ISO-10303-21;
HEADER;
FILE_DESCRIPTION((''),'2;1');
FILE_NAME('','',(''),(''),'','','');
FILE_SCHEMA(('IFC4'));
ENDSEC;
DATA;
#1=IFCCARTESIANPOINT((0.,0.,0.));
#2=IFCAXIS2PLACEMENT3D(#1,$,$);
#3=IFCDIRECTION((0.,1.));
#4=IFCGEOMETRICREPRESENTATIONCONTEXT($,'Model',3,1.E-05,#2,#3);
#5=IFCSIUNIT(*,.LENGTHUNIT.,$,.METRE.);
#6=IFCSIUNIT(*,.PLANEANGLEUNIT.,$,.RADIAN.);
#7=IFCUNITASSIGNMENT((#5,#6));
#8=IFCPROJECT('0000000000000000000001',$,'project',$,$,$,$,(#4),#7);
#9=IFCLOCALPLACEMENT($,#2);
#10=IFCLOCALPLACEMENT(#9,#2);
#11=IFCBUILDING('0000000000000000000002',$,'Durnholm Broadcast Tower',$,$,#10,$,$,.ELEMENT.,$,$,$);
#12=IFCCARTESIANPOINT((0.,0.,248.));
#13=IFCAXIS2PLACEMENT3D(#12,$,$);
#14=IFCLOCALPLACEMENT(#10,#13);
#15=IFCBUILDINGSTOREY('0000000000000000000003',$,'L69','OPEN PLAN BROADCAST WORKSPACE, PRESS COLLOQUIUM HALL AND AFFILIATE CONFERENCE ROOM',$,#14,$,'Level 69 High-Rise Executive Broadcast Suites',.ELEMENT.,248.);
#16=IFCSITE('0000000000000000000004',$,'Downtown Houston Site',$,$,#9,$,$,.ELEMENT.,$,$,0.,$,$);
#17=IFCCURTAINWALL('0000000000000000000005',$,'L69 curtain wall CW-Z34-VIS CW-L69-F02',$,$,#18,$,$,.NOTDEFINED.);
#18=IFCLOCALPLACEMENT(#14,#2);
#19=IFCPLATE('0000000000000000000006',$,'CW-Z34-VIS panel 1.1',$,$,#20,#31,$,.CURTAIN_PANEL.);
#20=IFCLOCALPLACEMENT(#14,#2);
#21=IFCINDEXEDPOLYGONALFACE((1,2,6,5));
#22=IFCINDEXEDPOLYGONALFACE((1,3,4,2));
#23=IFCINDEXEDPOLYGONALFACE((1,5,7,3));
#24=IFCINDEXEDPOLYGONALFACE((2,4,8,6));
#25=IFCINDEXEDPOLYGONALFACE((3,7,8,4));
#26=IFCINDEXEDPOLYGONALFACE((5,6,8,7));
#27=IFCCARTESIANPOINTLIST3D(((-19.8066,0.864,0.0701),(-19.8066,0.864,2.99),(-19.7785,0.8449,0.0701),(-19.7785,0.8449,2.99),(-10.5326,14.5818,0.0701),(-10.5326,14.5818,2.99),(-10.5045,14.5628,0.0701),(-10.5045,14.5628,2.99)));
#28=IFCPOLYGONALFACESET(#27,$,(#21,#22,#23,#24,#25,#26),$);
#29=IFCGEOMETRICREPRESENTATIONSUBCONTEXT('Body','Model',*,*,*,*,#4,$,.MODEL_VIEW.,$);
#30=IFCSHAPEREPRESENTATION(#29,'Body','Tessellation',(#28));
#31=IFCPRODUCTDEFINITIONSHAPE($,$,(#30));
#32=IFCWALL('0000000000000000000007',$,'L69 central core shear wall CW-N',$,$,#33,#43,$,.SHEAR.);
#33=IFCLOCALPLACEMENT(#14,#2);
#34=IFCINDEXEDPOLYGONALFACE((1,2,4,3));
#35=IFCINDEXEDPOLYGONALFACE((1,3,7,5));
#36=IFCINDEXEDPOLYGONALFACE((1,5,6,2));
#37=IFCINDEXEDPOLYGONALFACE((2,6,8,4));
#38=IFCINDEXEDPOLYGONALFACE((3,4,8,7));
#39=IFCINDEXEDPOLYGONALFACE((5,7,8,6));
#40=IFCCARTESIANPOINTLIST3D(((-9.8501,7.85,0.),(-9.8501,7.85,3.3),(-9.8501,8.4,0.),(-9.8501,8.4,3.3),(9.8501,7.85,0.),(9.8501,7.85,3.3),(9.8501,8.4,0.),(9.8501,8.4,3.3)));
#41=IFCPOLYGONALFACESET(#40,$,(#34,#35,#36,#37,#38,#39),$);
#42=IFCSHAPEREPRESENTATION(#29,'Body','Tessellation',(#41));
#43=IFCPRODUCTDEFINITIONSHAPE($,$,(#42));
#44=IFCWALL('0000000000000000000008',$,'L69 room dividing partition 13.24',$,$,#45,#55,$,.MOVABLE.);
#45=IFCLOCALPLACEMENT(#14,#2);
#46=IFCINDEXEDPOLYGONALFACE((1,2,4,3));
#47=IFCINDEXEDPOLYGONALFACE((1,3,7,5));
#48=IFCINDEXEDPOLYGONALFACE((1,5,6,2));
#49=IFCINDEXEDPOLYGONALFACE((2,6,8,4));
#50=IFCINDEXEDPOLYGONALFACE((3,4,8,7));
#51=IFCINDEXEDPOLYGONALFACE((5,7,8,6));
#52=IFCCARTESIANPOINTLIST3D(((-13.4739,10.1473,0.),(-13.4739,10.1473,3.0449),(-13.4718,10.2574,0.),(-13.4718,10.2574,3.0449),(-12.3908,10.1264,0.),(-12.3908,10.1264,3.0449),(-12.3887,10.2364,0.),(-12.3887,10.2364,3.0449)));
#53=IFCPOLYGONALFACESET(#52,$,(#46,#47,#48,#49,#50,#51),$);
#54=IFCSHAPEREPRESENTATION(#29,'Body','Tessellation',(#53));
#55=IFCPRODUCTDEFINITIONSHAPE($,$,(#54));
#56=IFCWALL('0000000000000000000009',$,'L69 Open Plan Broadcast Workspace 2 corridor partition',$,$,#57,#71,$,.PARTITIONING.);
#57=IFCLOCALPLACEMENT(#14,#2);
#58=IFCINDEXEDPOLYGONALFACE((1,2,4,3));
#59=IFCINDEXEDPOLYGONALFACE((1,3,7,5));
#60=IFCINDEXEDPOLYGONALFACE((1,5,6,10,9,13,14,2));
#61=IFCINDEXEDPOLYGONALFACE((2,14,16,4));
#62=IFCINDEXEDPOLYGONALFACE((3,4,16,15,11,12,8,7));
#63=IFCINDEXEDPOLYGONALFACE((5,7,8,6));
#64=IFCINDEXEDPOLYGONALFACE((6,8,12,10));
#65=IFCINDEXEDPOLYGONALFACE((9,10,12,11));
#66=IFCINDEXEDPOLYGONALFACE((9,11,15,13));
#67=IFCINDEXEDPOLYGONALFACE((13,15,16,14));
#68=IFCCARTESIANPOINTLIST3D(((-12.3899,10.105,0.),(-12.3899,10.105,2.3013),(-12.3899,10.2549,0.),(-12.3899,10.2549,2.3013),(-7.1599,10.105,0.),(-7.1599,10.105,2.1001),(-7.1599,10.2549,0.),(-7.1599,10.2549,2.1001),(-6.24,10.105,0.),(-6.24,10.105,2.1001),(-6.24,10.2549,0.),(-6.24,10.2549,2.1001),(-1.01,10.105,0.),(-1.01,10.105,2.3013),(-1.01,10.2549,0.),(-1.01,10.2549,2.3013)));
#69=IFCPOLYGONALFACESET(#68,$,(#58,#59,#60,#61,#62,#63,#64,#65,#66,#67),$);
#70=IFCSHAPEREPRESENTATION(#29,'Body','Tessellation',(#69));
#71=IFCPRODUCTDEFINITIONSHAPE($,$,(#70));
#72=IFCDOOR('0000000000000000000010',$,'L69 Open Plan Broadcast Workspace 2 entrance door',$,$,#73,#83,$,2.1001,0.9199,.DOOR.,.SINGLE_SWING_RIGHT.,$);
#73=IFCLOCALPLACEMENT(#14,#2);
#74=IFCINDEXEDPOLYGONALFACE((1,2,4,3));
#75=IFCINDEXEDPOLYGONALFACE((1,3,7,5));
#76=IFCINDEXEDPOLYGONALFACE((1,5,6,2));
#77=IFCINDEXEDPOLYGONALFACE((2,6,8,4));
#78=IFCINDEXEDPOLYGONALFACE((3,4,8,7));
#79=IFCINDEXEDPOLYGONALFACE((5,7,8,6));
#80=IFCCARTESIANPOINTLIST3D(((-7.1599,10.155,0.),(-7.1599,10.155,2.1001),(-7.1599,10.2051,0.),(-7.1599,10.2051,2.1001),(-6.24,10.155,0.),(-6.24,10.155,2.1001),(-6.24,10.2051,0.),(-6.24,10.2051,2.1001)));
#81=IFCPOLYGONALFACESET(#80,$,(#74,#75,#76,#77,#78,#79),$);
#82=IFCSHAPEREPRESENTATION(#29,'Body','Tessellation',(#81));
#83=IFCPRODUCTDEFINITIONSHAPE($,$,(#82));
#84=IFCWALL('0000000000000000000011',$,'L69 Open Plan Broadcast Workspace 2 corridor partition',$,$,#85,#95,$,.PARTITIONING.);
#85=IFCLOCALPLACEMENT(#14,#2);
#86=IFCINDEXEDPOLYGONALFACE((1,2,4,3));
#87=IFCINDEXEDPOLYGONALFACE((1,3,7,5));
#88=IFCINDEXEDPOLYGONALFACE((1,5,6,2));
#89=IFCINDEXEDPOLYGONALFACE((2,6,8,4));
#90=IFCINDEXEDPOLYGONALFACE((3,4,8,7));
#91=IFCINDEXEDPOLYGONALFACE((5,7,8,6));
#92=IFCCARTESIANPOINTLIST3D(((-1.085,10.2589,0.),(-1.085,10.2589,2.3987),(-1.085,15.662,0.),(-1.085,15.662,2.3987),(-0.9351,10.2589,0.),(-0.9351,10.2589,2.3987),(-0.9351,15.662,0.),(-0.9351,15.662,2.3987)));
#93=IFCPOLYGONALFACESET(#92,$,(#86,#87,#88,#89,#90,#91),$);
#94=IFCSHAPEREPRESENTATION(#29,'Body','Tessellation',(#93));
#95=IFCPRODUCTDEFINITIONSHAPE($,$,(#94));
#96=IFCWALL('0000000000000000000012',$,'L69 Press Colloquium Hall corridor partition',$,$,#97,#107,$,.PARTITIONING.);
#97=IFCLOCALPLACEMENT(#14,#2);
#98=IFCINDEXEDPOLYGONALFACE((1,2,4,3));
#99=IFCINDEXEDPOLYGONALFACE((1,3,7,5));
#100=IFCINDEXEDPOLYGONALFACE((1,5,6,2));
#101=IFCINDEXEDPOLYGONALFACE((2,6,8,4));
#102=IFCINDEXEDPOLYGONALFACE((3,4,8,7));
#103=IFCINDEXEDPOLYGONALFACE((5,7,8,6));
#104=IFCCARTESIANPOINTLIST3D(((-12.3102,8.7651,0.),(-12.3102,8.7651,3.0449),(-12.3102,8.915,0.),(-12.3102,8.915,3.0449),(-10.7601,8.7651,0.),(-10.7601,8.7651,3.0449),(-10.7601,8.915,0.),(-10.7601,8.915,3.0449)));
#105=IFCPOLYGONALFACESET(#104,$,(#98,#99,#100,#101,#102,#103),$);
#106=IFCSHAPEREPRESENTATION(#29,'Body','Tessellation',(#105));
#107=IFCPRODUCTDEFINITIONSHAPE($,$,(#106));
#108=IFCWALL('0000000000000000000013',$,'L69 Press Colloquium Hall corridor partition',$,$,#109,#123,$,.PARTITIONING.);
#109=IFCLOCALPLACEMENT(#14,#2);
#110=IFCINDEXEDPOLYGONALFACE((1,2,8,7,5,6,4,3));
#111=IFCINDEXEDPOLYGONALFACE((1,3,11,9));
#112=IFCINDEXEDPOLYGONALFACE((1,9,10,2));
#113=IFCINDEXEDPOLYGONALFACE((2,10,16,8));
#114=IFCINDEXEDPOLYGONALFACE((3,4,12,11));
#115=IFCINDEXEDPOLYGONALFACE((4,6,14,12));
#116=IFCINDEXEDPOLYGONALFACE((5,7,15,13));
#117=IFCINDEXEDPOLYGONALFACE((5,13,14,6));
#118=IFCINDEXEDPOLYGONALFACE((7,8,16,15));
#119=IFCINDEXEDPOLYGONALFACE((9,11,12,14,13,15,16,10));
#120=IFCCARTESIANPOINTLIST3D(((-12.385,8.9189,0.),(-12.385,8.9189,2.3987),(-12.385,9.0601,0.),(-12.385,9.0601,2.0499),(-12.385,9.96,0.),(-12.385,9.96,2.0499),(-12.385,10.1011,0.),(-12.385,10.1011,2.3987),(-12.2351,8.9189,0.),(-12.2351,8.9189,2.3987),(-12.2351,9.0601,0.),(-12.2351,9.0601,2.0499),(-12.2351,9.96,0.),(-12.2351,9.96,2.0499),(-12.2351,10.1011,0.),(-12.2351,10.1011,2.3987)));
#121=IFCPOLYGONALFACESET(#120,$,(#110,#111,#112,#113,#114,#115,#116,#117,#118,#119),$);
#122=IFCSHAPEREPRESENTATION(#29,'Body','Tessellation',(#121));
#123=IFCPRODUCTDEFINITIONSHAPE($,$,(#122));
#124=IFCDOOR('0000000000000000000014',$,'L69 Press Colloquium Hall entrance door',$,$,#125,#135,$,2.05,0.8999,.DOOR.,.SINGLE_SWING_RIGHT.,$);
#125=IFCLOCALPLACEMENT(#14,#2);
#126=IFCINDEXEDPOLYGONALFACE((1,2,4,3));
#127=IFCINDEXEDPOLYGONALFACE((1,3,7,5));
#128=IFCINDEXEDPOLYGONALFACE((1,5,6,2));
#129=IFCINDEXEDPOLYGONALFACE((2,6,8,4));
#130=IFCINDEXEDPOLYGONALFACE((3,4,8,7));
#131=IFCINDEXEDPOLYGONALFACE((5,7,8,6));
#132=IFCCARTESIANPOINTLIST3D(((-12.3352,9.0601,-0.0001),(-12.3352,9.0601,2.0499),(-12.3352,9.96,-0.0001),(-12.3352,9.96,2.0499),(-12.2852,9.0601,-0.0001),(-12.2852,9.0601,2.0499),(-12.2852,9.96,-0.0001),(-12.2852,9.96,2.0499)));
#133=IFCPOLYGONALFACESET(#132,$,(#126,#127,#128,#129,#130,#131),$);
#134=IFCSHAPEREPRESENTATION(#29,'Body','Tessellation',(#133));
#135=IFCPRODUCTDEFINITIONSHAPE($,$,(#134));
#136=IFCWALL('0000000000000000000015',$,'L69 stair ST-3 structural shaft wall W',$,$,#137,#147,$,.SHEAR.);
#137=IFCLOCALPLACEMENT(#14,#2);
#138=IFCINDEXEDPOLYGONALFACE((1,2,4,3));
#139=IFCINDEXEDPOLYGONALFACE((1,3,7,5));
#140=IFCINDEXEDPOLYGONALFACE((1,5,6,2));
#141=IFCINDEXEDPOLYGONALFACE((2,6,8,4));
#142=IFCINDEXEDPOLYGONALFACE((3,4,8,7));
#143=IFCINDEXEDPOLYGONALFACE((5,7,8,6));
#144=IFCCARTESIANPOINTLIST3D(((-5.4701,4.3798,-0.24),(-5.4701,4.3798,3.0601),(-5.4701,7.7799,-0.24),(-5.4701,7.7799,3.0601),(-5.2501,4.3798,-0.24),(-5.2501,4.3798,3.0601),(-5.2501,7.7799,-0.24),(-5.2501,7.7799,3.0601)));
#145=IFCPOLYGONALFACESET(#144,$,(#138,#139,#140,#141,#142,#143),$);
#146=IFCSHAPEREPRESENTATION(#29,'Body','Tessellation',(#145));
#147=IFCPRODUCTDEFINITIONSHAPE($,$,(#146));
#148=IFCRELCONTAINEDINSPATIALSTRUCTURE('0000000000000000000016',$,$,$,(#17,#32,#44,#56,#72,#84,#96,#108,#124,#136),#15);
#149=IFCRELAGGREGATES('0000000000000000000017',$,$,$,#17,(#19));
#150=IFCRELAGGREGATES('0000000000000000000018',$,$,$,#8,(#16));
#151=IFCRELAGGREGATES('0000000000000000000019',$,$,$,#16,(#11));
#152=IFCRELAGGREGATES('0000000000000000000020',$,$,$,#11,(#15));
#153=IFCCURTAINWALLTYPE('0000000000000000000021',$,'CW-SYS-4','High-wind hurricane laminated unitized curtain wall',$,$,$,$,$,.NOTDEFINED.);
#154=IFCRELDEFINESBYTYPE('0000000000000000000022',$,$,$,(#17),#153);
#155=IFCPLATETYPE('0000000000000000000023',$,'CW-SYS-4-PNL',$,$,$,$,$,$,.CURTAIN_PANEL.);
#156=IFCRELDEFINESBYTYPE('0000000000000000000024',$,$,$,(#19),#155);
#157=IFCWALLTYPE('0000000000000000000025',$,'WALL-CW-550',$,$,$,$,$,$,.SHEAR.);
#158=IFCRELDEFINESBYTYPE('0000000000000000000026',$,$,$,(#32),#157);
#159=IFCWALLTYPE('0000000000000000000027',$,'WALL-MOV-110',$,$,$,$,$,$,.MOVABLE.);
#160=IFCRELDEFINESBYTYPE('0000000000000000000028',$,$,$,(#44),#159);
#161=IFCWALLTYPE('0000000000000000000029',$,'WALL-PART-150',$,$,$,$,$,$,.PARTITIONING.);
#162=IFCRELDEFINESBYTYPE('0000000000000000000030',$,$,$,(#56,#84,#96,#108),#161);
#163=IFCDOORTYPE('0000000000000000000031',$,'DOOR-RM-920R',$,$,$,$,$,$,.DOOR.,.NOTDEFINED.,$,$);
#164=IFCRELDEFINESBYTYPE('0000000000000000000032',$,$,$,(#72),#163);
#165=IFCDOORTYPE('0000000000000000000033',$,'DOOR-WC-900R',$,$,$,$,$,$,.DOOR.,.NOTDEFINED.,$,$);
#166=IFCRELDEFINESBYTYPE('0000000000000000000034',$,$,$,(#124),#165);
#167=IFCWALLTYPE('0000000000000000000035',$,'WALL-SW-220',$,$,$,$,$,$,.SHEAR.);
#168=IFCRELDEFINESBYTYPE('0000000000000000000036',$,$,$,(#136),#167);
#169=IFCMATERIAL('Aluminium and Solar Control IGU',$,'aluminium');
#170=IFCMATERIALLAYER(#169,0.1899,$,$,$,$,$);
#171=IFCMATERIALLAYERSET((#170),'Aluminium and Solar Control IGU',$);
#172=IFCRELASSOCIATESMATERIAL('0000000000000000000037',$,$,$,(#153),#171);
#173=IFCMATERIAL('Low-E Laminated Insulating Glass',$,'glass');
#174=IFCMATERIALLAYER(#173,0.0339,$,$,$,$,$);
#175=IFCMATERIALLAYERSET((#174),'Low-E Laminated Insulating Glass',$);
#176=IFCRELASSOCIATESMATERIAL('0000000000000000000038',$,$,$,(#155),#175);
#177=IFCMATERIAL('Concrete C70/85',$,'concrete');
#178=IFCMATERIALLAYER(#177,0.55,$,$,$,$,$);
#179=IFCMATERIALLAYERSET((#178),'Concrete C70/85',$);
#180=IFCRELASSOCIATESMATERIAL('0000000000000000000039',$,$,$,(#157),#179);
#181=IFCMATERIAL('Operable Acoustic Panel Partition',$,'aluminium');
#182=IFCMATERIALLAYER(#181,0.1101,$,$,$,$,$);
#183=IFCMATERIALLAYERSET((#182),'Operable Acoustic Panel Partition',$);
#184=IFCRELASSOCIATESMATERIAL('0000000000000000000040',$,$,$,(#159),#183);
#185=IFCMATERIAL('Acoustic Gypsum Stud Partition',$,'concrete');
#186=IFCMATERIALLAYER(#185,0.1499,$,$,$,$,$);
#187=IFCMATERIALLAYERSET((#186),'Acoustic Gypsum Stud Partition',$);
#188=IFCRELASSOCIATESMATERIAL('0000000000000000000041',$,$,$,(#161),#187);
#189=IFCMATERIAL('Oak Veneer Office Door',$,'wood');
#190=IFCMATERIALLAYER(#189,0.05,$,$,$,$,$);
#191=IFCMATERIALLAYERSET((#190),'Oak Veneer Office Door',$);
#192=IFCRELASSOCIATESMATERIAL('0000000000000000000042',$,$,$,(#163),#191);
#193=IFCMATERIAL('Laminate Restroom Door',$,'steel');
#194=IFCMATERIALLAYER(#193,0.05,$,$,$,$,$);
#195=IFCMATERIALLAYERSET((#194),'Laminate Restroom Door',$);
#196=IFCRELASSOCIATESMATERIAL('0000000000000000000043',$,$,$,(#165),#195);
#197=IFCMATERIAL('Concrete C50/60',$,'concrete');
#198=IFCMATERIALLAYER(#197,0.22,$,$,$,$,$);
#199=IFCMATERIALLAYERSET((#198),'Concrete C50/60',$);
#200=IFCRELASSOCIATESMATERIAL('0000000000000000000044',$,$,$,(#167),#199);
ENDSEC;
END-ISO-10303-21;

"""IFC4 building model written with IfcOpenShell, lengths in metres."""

from ifc_helpers import new_model, si_unit, direction, frame, frame_2d, origin, origin_2d, place, context, subcontext, project, spatial, rectangle, extrude, source, transform, mapped, material, layer, layer_set, type_object, type_shapes, element, fill, aggregate, save


model = new_model("IFC4")

# Units and contexts
model_context = context("Model", 3, precision=1e-05, world=origin(), true_north=direction((0.0, 1.0)))
body_context = subcontext(model_context, "Body", "Model", "MODEL_VIEW")
ifc_project = project(units=[si_unit("LENGTHUNIT", "METRE"), si_unit("PLANEANGLEUNIT", "RADIAN")], contexts=[model_context])

# Site, building, storey
site_placement = place(None, origin())
site = spatial("IfcSite", under=ifc_project, at=site_placement, Name="Downtown Houston Site", CompositionType="ELEMENT", RefElevation=0.0)
building_placement = place(site_placement, origin())
building = spatial("IfcBuilding", under=site, at=building_placement, Name="Durnholm Broadcast Tower", CompositionType="ELEMENT")
storey_placement = place(building_placement, frame((0.0, 0.0, 248.0)))
storey = spatial("IfcBuildingStorey", under=building, at=storey_placement, Name="L69", Description="OPEN PLAN BROADCAST WORKSPACE, PRESS COLLOQUIUM HALL AND AFFILIATE CONFERENCE ROOM", LongName="Level 69 High-Rise Executive Broadcast Suites", CompositionType="ELEMENT", Elevation=248.0)

# Shared definitions
ifc_material_1 = material(Name="Concrete C70/85", Category="concrete")

# Shared definitions
ifc_material_2 = material(Name="Aluminium and Solar Control IGU", Category="aluminium")

# Curtain wall
ifc_layer_1 = layer(ifc_material_2, 0.1899)
ifc_layer_set_1 = layer_set([ifc_layer_1], Name="Aluminium and Solar Control IGU")
curtain_wall_type_1 = type_object("IfcCurtainWallType", Name="CW-SYS-4", Description="High-wind hurricane laminated unitized curtain wall", PredefinedType="NOTDEFINED", material=ifc_layer_set_1)
curtain_wall_1_placement = place(storey_placement, origin())
curtain_wall_1 = element("IfcCurtainWall", 1, at=curtain_wall_1_placement, inside=storey, type_object=curtain_wall_type_1, Name="L69 curtain wall CW-Z34-VIS CW-L69-F02", PredefinedType="NOTDEFINED")

# Plate
ifc_material_3 = material(Name="Low-E Laminated Insulating Glass", Category="glass")
ifc_layer_2 = layer(ifc_material_3, 0.0339)
ifc_layer_set_2 = layer_set([ifc_layer_2], Name="Low-E Laminated Insulating Glass")
plate_type_1 = type_object("IfcPlateType", Name="CW-SYS-4-PNL", PredefinedType="CURTAIN_PANEL", material=ifc_layer_set_2)
shared_shape_1 = source(origin(), body_context, "Body", "SweptSolid", [
    extrude(rectangle(XDim=16.5586, YDim=0.0339, at=origin_2d()), origin(), (0.0, 0.0, 1.0), 2.9199),
])
type_shapes(plate_type_1, [shared_shape_1])
plate_1_placement = place(storey_placement, frame((-15.1555, 7.7134, 0.0701), z_axis=(0.0, 0.0, 1.0), x_axis=(0.560073, 0.828443, 0.0)))
plate_1 = element("IfcPlate", 2, at=plate_1_placement, type_object=plate_type_1, Name="CW-Z34-VIS panel 1.1", PredefinedType="CURTAIN_PANEL", context=body_context, shape_type="MappedRepresentation", body=[
    mapped(shared_shape_1, transform((0.0, 0.0, 0.0), x_axis=(1.0, 0.0, 0.0), y_axis=(0.0, 1.0, 0.0), z_axis=(0.0, 0.0, 1.0), scale=1.0)),
])
aggregate(curtain_wall_1, [plate_1])

# Walls
ifc_layer_3 = layer(ifc_material_1, 0.55)
ifc_layer_set_3 = layer_set([ifc_layer_3], Name="Concrete C70/85")
wall_type_1 = type_object("IfcWallType", Name="WALL-CW-550", PredefinedType="SHEAR", material=ifc_layer_set_3)
wall_1_placement = place(storey_placement, frame((-9.8501, 8.125, 0.0), z_axis=(0.0, 0.0, 1.0), x_axis=(1.0, 0.0, 0.0)))
element("IfcWall", 3, at=wall_1_placement, inside=storey, type_object=wall_type_1, Name="L69 central core shear wall CW-N", PredefinedType="SHEAR", context=body_context, shape_type="SweptSolid", body=[
    extrude(rectangle(XDim=19.7002, YDim=0.55, at=frame_2d((9.8501, 0.0))), origin(), (0.0, 0.0, 1.0), 3.3),
])
ifc_material_4 = material(Name="Operable Acoustic Panel Partition", Category="aluminium")
ifc_layer_4 = layer(ifc_material_4, 0.1101)
ifc_layer_set_4 = layer_set([ifc_layer_4], Name="Operable Acoustic Panel Partition")
wall_type_2 = type_object("IfcWallType", Name="WALL-MOV-110", PredefinedType="MOVABLE", material=ifc_layer_set_4)
wall_2_placement = place(storey_placement, frame((-12.3899, 10.1814, 0.0), z_axis=(0.0, 0.0, 1.0), x_axis=(-0.999812, 0.019383, 0.0)))
element("IfcWall", 4, at=wall_2_placement, inside=storey, type_object=wall_type_2, Name="L69 room dividing partition 13.24", PredefinedType="MOVABLE", context=body_context, shape_type="SweptSolid", body=[
    extrude(rectangle(XDim=1.0833, YDim=0.1101, at=frame_2d((0.5415, 0.0))), origin(), (0.0, 0.0, 1.0), 3.0449),
])

# Wall, opening, door
ifc_material_5 = material(Name="Acoustic Gypsum Stud Partition", Category="concrete")
ifc_layer_5 = layer(ifc_material_5, 0.1499)
ifc_layer_set_5 = layer_set([ifc_layer_5], Name="Acoustic Gypsum Stud Partition")
wall_type_3 = type_object("IfcWallType", Name="WALL-PART-150", PredefinedType="PARTITIONING", material=ifc_layer_set_5)
wall_3_placement = place(storey_placement, frame((-1.01, 10.1799, 0.0), z_axis=(0.0, 0.0, 1.0), x_axis=(-1.0, 0.0, 0.0)))
wall_3 = element("IfcWall", 5, at=wall_3_placement, inside=storey, type_object=wall_type_3, Name="L69 Open Plan Broadcast Workspace 2 corridor partition", PredefinedType="PARTITIONING", context=body_context, shape_type="SweptSolid", body=[
    extrude(rectangle(XDim=11.3799, YDim=0.1499, at=frame_2d((5.6899, 0.0))), origin(), (0.0, 0.0, 1.0), 2.3013),
])
opening_1_placement = place(wall_3_placement, frame((5.23, 0.0, 0.0)))
opening_1 = element("IfcOpeningElement", 6, at=opening_1_placement, cuts=wall_3, PredefinedType="OPENING", context=body_context, shape_type="SweptSolid", body=[
    extrude(rectangle(XDim=0.9199, YDim=2.1001, at=frame_2d((0.46, 1.05))), frame((0.0, 0.085, 0.0), z_axis=(0.0, -1.0, 0.0), x_axis=(1.0, 0.0, 0.0)), (0.0, 0.0, 1.0), 0.1699),
])
ifc_material_6 = material(Name="Oak Veneer Office Door", Category="wood")
ifc_layer_6 = layer(ifc_material_6, 0.05)
ifc_layer_set_6 = layer_set([ifc_layer_6], Name="Oak Veneer Office Door")
door_type_1 = type_object("IfcDoorType", Name="DOOR-RM-920R", OperationType="NOTDEFINED", PredefinedType="DOOR", material=ifc_layer_set_6)
shared_shape_2 = source(origin(), body_context, "Body", "SweptSolid", [
    extrude(rectangle(XDim=0.9199, YDim=2.1001, at=frame_2d((0.46, 1.05))), frame((0.0, 0.0249, 0.0), z_axis=(0.0, -1.0, 0.0), x_axis=(1.0, 0.0, 0.0)), (0.0, 0.0, 1.0), 0.05),
])
type_shapes(door_type_1, [shared_shape_2])
door_1_placement = place(opening_1_placement, origin())
door_1 = element("IfcDoor", 7, at=door_1_placement, inside=storey, type_object=door_type_1, Name="L69 Open Plan Broadcast Workspace 2 entrance door", OperationType="SINGLE_SWING_RIGHT", OverallHeight=2.1001, OverallWidth=0.9199, PredefinedType="DOOR", context=body_context, shape_type="MappedRepresentation", body=[
    mapped(shared_shape_2, transform((0.0, 0.0, 0.0), x_axis=(1.0, 0.0, 0.0), y_axis=(0.0, 1.0, 0.0), z_axis=(0.0, 0.0, 1.0), scale=1.0)),
])
fill(opening_1, door_1)

# Walls
wall_4_placement = place(storey_placement, frame((-1.01, 15.6621, 0.0), z_axis=(0.0, 0.0, 1.0), x_axis=(0.0, -1.0, 0.0)))
element("IfcWall", 8, at=wall_4_placement, inside=storey, type_object=wall_type_3, Name="L69 Open Plan Broadcast Workspace 2 corridor partition", PredefinedType="PARTITIONING", context=body_context, shape_type="SweptSolid", body=[
    extrude(rectangle(XDim=5.4031, YDim=0.1499, at=frame_2d((2.7017, 0.0))), origin(), (0.0, 0.0, 1.0), 2.3987),
])
wall_5_placement = place(storey_placement, frame((-12.3101, 8.8401, 0.0), z_axis=(0.0, 0.0, 1.0), x_axis=(1.0, 0.0, 0.0)))
element("IfcWall", 9, at=wall_5_placement, inside=storey, type_object=wall_type_3, Name="L69 Press Colloquium Hall corridor partition", PredefinedType="PARTITIONING", context=body_context, shape_type="SweptSolid", body=[
    extrude(rectangle(XDim=1.55, YDim=0.1499, at=frame_2d((0.7749, 0.0))), origin(), (0.0, 0.0, 1.0), 3.0449),
])

# Wall, opening, door
wall_6_placement = place(storey_placement, frame((-12.3101, 10.1011, 0.0), z_axis=(0.0, 0.0, 1.0), x_axis=(0.0, -1.0, 0.0)))
wall_6 = element("IfcWall", 10, at=wall_6_placement, inside=storey, type_object=wall_type_3, Name="L69 Press Colloquium Hall corridor partition", PredefinedType="PARTITIONING", context=body_context, shape_type="SweptSolid", body=[
    extrude(rectangle(XDim=1.1821, YDim=0.1499, at=frame_2d((0.5911, 0.0))), origin(), (0.0, 0.0, 1.0), 2.3987),
])
opening_2_placement = place(wall_6_placement, frame((0.1411, 0.0, 0.0)))
opening_2 = element("IfcOpeningElement", 11, at=opening_2_placement, cuts=wall_6, PredefinedType="OPENING", context=body_context, shape_type="SweptSolid", body=[
    extrude(rectangle(XDim=0.8999, YDim=2.05, at=frame_2d((0.45, 1.0249))), frame((0.0, 0.085, 0.0), z_axis=(0.0, -1.0, 0.0), x_axis=(1.0, 0.0, 0.0)), (0.0, 0.0, 1.0), 0.1699),
])
ifc_material_7 = material(Name="Laminate Restroom Door", Category="steel")
ifc_layer_7 = layer(ifc_material_7, 0.05)
ifc_layer_set_7 = layer_set([ifc_layer_7], Name="Laminate Restroom Door")
door_type_2 = type_object("IfcDoorType", Name="DOOR-WC-900R", OperationType="NOTDEFINED", PredefinedType="DOOR", material=ifc_layer_set_7)
shared_shape_3 = source(origin(), body_context, "Body", "SweptSolid", [
    extrude(rectangle(XDim=0.8999, YDim=2.05, at=frame_2d((0.45, 1.0249))), frame((0.0, 0.0249, 0.0), z_axis=(0.0, -1.0, 0.0), x_axis=(1.0, 0.0, 0.0)), (0.0, 0.0, 1.0), 0.05),
])
type_shapes(door_type_2, [shared_shape_3])
door_2_placement = place(opening_2_placement, origin())
door_2 = element("IfcDoor", 12, at=door_2_placement, inside=storey, type_object=door_type_2, Name="L69 Press Colloquium Hall entrance door", OperationType="SINGLE_SWING_RIGHT", OverallHeight=2.05, OverallWidth=0.8999, PredefinedType="DOOR", context=body_context, shape_type="MappedRepresentation", body=[
    mapped(shared_shape_3, transform((0.0, 0.0, 0.0), x_axis=(1.0, 0.0, 0.0), y_axis=(0.0, 1.0, 0.0), z_axis=(0.0, 0.0, 1.0), scale=1.0)),
])
fill(opening_2, door_2)

# Wall
ifc_material_8 = material(Name="Concrete C50/60", Category="concrete")
ifc_layer_8 = layer(ifc_material_8, 0.22)
ifc_layer_set_8 = layer_set([ifc_layer_8], Name="Concrete C50/60")
wall_type_4 = type_object("IfcWallType", Name="WALL-SW-220", PredefinedType="SHEAR", material=ifc_layer_set_8)
wall_7_placement = place(storey_placement, frame((-5.3601, 7.78, -0.24), z_axis=(0.0, 0.0, 1.0), x_axis=(0.0, -1.0, 0.0)))
element("IfcWall", 13, at=wall_7_placement, inside=storey, type_object=wall_type_4, Name="L69 stair ST-3 structural shaft wall W", PredefinedType="SHEAR", context=body_context, shape_type="SweptSolid", body=[
    extrude(rectangle(XDim=3.4001, YDim=0.22, at=frame_2d((1.7002, 0.0))), origin(), (0.0, 0.0, 1.0), 3.3),
])

save(model, "model.ifc")
